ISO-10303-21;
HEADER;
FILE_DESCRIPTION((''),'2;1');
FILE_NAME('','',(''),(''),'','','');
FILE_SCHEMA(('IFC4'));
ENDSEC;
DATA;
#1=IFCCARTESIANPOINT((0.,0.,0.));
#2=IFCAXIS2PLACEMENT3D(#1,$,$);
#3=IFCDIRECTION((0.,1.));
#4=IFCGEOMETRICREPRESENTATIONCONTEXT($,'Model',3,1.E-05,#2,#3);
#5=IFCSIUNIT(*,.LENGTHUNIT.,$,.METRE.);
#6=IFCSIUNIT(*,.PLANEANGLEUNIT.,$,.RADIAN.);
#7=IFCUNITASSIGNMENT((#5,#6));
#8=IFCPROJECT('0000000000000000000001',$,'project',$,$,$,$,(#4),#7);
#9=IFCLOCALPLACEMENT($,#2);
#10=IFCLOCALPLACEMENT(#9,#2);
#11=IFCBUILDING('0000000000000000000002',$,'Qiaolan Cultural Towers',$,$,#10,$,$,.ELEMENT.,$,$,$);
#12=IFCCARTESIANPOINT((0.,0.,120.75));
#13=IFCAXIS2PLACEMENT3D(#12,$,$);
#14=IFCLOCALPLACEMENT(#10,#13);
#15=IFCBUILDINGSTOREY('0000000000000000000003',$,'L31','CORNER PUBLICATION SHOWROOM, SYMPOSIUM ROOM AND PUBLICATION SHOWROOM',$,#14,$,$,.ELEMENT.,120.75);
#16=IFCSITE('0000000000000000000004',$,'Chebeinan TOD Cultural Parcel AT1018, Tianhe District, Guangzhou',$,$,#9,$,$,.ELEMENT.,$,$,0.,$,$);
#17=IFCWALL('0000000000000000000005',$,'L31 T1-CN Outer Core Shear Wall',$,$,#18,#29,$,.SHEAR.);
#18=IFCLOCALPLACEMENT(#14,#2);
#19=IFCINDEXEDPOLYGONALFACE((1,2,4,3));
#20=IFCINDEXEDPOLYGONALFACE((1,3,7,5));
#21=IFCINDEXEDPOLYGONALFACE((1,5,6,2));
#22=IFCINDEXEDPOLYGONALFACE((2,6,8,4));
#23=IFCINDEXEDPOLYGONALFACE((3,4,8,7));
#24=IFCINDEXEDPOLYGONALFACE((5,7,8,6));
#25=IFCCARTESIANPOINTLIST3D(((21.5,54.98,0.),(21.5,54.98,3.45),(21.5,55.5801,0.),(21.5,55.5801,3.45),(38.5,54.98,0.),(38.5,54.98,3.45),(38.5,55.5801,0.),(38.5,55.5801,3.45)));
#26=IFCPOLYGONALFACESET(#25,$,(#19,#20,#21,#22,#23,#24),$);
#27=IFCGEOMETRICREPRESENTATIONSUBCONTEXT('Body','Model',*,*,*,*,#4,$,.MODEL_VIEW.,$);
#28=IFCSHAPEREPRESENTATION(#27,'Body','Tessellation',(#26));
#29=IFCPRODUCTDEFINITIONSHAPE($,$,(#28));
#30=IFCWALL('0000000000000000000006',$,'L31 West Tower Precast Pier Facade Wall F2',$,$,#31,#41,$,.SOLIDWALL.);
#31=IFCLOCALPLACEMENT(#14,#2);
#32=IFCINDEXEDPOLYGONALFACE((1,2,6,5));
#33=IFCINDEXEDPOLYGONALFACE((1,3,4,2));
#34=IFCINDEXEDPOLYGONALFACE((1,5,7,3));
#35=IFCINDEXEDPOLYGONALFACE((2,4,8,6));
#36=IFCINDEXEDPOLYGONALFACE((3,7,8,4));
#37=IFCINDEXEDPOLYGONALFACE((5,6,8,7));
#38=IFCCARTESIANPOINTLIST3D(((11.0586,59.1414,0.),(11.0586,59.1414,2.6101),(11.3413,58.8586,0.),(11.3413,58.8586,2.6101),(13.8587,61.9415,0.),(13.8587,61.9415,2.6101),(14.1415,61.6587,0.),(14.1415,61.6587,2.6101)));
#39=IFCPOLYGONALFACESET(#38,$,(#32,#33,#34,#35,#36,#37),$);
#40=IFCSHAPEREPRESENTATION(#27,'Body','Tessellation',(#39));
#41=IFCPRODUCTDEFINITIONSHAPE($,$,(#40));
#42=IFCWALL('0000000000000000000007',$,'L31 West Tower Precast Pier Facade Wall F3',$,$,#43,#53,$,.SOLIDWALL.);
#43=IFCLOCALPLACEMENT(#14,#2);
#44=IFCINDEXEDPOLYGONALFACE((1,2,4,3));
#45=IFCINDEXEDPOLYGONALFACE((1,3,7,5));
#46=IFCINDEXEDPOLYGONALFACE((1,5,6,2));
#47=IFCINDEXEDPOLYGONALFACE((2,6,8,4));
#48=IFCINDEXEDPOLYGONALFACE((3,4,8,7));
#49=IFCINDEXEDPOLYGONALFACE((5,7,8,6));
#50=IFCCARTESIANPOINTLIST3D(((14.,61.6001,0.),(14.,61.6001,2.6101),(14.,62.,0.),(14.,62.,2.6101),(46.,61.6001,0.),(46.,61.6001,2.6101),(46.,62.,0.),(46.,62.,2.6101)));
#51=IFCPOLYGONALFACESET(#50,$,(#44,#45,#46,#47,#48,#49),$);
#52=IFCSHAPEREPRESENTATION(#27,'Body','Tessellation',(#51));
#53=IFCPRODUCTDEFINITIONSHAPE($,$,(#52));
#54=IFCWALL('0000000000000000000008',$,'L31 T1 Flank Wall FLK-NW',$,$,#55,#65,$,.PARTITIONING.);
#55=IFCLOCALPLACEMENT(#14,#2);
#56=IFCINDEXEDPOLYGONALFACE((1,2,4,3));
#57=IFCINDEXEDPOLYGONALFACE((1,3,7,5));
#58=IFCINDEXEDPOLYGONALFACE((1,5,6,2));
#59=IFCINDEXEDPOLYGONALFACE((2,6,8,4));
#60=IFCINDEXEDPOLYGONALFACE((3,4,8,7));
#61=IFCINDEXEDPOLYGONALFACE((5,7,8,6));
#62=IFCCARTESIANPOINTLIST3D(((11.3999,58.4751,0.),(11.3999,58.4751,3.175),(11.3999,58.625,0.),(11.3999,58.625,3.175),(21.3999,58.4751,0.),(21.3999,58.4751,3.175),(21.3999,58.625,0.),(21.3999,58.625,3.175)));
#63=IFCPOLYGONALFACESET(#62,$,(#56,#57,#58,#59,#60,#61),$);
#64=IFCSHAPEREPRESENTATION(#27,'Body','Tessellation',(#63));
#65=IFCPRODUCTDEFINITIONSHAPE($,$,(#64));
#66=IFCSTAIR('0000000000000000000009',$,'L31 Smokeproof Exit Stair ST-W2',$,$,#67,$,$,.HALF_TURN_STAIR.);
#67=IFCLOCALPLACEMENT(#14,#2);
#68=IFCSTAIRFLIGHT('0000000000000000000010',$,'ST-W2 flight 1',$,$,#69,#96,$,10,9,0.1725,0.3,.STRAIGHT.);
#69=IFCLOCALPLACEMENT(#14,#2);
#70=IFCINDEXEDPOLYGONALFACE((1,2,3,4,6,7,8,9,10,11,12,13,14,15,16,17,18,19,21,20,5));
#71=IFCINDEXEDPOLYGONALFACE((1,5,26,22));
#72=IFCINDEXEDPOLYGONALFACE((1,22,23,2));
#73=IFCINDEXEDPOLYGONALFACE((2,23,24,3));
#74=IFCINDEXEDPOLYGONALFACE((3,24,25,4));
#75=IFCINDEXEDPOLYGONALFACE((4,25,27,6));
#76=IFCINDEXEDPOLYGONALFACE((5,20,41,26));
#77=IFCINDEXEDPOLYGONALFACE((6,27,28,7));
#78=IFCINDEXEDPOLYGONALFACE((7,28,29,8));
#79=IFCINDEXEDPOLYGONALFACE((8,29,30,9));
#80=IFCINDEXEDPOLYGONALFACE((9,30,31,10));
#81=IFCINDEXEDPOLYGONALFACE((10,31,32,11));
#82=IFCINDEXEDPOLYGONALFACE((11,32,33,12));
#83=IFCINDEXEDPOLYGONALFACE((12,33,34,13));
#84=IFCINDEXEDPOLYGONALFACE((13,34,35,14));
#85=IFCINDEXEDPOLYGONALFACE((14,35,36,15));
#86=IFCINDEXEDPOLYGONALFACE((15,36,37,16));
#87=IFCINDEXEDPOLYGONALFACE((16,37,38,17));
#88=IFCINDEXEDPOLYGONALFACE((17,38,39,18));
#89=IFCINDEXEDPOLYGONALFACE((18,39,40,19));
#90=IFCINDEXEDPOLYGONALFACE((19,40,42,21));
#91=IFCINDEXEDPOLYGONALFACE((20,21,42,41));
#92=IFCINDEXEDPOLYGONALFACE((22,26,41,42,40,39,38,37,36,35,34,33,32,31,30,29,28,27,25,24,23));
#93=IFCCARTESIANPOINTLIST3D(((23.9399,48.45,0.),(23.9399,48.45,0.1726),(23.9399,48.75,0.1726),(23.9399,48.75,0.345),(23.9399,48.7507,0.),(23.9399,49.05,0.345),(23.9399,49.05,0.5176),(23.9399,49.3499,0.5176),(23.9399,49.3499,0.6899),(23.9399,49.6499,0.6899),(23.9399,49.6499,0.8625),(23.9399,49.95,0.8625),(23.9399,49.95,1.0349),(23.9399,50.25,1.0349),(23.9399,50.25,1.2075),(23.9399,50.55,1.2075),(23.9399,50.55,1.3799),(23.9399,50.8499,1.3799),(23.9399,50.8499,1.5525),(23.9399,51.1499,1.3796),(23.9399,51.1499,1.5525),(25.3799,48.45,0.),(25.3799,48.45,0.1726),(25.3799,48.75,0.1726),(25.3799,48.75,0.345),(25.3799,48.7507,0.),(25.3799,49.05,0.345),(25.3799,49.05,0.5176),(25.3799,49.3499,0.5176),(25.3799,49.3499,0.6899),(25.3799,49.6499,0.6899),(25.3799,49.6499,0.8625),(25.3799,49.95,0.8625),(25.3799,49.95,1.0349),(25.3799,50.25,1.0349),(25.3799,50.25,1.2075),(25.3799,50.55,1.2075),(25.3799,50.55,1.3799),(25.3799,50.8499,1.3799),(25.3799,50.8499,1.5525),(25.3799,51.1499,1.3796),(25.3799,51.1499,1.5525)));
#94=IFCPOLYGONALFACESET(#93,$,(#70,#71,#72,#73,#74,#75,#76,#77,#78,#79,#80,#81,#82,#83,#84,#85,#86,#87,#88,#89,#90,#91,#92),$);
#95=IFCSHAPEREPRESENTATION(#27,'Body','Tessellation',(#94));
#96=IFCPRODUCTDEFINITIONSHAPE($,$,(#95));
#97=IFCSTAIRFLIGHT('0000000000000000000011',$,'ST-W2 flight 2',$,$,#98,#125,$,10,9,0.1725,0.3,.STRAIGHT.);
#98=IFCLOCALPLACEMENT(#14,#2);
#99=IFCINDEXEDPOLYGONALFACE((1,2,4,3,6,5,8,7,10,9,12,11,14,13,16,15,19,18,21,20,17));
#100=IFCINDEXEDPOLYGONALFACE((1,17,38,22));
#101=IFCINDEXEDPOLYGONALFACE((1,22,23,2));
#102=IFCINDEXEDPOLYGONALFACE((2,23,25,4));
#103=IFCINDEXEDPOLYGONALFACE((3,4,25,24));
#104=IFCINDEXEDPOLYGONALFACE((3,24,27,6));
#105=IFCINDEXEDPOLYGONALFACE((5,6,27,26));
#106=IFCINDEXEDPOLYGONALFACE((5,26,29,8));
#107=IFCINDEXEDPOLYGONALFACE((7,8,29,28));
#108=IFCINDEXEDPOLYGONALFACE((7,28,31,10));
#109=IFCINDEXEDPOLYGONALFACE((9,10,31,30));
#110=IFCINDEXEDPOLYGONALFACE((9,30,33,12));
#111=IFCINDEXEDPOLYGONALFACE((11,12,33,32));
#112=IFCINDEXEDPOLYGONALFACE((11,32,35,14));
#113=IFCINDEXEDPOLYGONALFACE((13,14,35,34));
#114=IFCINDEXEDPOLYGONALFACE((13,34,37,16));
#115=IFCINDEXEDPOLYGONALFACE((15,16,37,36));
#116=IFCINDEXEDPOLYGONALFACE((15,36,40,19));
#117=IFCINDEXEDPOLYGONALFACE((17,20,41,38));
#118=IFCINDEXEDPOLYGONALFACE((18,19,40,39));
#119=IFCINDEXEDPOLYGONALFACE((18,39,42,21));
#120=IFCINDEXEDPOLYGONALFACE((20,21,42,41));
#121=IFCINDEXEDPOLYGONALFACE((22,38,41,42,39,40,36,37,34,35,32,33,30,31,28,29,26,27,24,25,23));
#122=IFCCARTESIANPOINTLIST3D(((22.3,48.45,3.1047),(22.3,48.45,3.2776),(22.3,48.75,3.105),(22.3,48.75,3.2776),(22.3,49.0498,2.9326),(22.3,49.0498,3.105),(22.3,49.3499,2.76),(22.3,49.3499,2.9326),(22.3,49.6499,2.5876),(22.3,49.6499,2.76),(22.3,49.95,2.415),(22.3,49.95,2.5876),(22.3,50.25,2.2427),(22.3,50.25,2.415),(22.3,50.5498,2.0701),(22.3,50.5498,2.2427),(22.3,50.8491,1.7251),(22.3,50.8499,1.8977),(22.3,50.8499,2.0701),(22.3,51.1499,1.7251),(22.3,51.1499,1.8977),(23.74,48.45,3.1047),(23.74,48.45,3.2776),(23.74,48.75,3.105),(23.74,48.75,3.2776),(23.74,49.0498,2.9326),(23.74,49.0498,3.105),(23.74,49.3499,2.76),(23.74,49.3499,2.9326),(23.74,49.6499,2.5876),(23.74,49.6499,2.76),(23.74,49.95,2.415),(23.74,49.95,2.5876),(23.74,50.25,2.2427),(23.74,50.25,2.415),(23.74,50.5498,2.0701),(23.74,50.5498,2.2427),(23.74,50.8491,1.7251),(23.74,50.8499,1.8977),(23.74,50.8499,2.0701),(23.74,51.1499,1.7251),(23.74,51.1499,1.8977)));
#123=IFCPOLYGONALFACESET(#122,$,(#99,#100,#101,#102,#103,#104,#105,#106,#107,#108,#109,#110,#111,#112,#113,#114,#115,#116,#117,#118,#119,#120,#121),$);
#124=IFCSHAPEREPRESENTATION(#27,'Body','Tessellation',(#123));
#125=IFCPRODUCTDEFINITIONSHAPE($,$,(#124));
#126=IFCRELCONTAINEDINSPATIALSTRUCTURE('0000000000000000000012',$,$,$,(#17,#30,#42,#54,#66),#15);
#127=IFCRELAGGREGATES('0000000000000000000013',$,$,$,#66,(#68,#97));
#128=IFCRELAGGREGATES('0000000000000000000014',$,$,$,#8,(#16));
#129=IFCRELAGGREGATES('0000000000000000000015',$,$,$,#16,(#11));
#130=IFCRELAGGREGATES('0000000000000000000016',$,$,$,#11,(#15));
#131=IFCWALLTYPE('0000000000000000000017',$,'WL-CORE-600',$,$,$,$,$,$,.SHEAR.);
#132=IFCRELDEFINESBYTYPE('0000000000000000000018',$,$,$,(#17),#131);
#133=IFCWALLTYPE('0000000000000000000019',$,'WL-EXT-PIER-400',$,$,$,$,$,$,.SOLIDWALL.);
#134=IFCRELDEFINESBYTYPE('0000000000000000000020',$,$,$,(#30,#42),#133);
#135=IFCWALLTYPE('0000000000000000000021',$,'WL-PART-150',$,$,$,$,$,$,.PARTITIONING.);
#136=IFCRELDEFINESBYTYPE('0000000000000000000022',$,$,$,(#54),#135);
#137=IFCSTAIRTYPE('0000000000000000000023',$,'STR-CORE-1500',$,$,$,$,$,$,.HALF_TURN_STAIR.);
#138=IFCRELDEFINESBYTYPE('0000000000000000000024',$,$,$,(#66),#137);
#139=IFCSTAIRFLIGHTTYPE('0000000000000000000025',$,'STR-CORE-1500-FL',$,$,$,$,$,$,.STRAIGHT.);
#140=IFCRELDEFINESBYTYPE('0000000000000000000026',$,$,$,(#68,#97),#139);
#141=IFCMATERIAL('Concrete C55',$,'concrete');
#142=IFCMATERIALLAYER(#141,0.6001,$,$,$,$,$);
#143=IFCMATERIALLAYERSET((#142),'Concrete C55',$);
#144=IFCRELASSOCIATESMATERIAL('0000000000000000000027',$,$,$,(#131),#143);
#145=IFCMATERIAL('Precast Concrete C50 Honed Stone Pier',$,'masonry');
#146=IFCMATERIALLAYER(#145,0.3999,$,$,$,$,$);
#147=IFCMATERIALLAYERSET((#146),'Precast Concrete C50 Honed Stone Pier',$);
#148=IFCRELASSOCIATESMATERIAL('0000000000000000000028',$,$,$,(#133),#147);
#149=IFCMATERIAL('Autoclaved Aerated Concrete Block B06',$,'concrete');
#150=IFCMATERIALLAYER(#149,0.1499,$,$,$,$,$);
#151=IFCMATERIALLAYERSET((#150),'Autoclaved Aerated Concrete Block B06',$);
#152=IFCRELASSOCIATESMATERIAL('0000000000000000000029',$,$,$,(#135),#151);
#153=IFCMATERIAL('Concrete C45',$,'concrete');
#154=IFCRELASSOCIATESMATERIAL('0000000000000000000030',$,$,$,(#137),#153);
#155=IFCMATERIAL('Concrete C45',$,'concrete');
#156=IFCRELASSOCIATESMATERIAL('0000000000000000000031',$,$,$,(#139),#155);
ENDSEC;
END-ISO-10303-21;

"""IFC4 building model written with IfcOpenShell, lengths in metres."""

from ifc_helpers import new_model, si_unit, direction, frame, frame_2d, origin, place, context, subcontext, project, spatial, polyline, rectangle, outline, extrude, material, layer, layer_set, type_object, element, aggregate, save


model = new_model("IFC4")

# Units and contexts
model_context = context("Model", 3, precision=1e-05, world=origin(), true_north=direction((0.0, 1.0)))
body_context = subcontext(model_context, "Body", "Model", "MODEL_VIEW")
ifc_project = project(units=[si_unit("LENGTHUNIT", "METRE"), si_unit("PLANEANGLEUNIT", "RADIAN")], contexts=[model_context])

# Site, building, storey
site_placement = place(None, origin())
site = spatial("IfcSite", under=ifc_project, at=site_placement, Name="Chebeinan TOD Cultural Parcel AT1018, Tianhe District, Guangzhou", CompositionType="ELEMENT", RefElevation=0.0)
building_placement = place(site_placement, origin())
building = spatial("IfcBuilding", under=site, at=building_placement, Name="Qiaolan Cultural Towers", CompositionType="ELEMENT")
storey_placement = place(building_placement, frame((0.0, 0.0, 120.75)))
storey = spatial("IfcBuildingStorey", under=building, at=storey_placement, Name="L31", Description="CORNER PUBLICATION SHOWROOM, SYMPOSIUM ROOM AND PUBLICATION SHOWROOM", CompositionType="ELEMENT", Elevation=120.75)

# Walls
ifc_material_1 = material(Name="Concrete C55", Category="concrete")
ifc_layer_1 = layer(ifc_material_1, 0.6001)
ifc_layer_set_1 = layer_set([ifc_layer_1], Name="Concrete C55")
wall_type_1 = type_object("IfcWallType", Name="WL-CORE-600", PredefinedType="SHEAR", material=ifc_layer_set_1)
wall_1_placement = place(storey_placement, frame((21.5, 55.28, 0.0), z_axis=(0.0, 0.0, 1.0), x_axis=(1.0, 0.0, 0.0)))
element("IfcWall", 1, at=wall_1_placement, inside=storey, type_object=wall_type_1, Name="L31 T1-CN Outer Core Shear Wall", PredefinedType="SHEAR", context=body_context, shape_type="SweptSolid", body=[
    extrude(rectangle(XDim=17.0, YDim=0.6001, at=frame_2d((8.5, 0.0))), origin(), (0.0, 0.0, 1.0), 3.45),
])
ifc_material_2 = material(Name="Precast Concrete C50 Honed Stone Pier", Category="masonry")
ifc_layer_2 = layer(ifc_material_2, 0.3999)
ifc_layer_set_2 = layer_set([ifc_layer_2], Name="Precast Concrete C50 Honed Stone Pier")
wall_type_2 = type_object("IfcWallType", Name="WL-EXT-PIER-400", PredefinedType="SOLIDWALL", material=ifc_layer_set_2)
wall_2_placement = place(storey_placement, frame((11.2, 59.0, 0.0), z_axis=(0.0, 0.0, 1.0), x_axis=(0.707107, 0.707107, 0.0)))
element("IfcWall", 2, at=wall_2_placement, inside=storey, type_object=wall_type_2, Name="L31 West Tower Precast Pier Facade Wall F2", PredefinedType="SOLIDWALL", context=body_context, shape_type="SweptSolid", body=[
    extrude(rectangle(XDim=3.96, YDim=0.3999, at=frame_2d((1.98, 0.0))), origin(), (0.0, 0.0, 1.0), 2.6101),
])
wall_3_placement = place(storey_placement, frame((14.0, 61.8, 0.0), z_axis=(0.0, 0.0, 1.0), x_axis=(1.0, 0.0, 0.0)))
element("IfcWall", 3, at=wall_3_placement, inside=storey, type_object=wall_type_2, Name="L31 West Tower Precast Pier Facade Wall F3", PredefinedType="SOLIDWALL", context=body_context, shape_type="SweptSolid", body=[
    extrude(rectangle(XDim=32.0, YDim=0.3999, at=frame_2d((16.0, 0.0))), origin(), (0.0, 0.0, 1.0), 2.6101),
])
ifc_material_3 = material(Name="Autoclaved Aerated Concrete Block B06", Category="concrete")
ifc_layer_3 = layer(ifc_material_3, 0.1499)
ifc_layer_set_3 = layer_set([ifc_layer_3], Name="Autoclaved Aerated Concrete Block B06")
wall_type_3 = type_object("IfcWallType", Name="WL-PART-150", PredefinedType="PARTITIONING", material=ifc_layer_set_3)
wall_4_placement = place(storey_placement, frame((11.3999, 58.55, 0.0), z_axis=(0.0, 0.0, 1.0), x_axis=(1.0, 0.0, 0.0)))
element("IfcWall", 4, at=wall_4_placement, inside=storey, type_object=wall_type_3, Name="L31 T1 Flank Wall FLK-NW", PredefinedType="PARTITIONING", context=body_context, shape_type="SweptSolid", body=[
    extrude(rectangle(XDim=10.0, YDim=0.1499, at=frame_2d((5.0, 0.0))), origin(), (0.0, 0.0, 1.0), 3.175),
])

# Stair, stair flights
ifc_material_4 = material(Name="Concrete C45", Category="concrete")
stair_type = type_object("IfcStairType", Name="STR-CORE-1500", PredefinedType="HALF_TURN_STAIR", material=ifc_material_4)
stair_placement = place(storey_placement, origin())
stair = element("IfcStair", 5, at=stair_placement, inside=storey, type_object=stair_type, Name="L31 Smokeproof Exit Stair ST-W2", PredefinedType="HALF_TURN_STAIR")
ifc_material_5 = material(Name="Concrete C45", Category="concrete")
stair_flight_type = type_object("IfcStairFlightType", Name="STR-CORE-1500-FL", PredefinedType="STRAIGHT", material=ifc_material_5)
stair_flight_1_placement = place(storey_placement, frame((24.6599, 48.45, 0.0), z_axis=(0.0, 0.0, 1.0), x_axis=(0.0, 1.0, 0.0)))
stair_flight_1 = element("IfcStairFlight", 6, at=stair_flight_1_placement, type_object=stair_flight_type, Name="ST-W2 flight 1", NumberOfRisers=10, NumberOfTreads=9, PredefinedType="STRAIGHT", RiserHeight=0.1725, TreadLength=0.3, context=body_context, shape_type="SweptSolid", body=[
    extrude(outline(polyline([(0.0, 0.0), (0.0, 0.1726), (0.3, 0.1726), (0.3, 0.345), (0.6001, 0.345), (0.6001, 0.5176), (0.8999, 0.5176), (0.8999, 0.6899), (1.2, 0.6899), (1.2, 0.8625), (1.5, 0.8625), (1.5, 1.0349), (1.8, 1.0349), (1.8, 1.2075), (2.1001, 1.2075), (2.1001, 1.3799), (2.3999, 1.3799), (2.3999, 1.5525), (2.7, 1.5525), (2.7, 1.7251), (2.7, 1.3796), (0.3008, 0.0), (0.0, 0.0)])), frame((0.0, 0.72, 0.0), z_axis=(0.0, -1.0, 0.0), x_axis=(1.0, 0.0, 0.0)), (0.0, 0.0, 1.0), 1.4399),
])
stair_flight_2_placement = place(storey_placement, frame((23.02, 51.1499, 1.7251), z_axis=(0.0, 0.0, 1.0), x_axis=(0.0, -1.0, 0.0)))
stair_flight_2 = element("IfcStairFlight", 7, at=stair_flight_2_placement, type_object=stair_flight_type, Name="ST-W2 flight 2", NumberOfRisers=10, NumberOfTreads=9, PredefinedType="STRAIGHT", RiserHeight=0.1725, TreadLength=0.3, context=body_context, shape_type="SweptSolid", body=[
    extrude(outline(polyline([(0.0, 0.0), (0.0, 0.1726), (0.3, 0.1726), (0.3, 0.345), (0.6001, 0.345), (0.6001, 0.5176), (0.8999, 0.5176), (0.8999, 0.6899), (1.2, 0.6899), (1.2, 0.8625), (1.5, 0.8625), (1.5, 1.0349), (1.8, 1.0349), (1.8, 1.2075), (2.1001, 1.2075), (2.1001, 1.3799), (2.3999, 1.3799), (2.3999, 1.5525), (2.7, 1.5525), (2.7, 1.7251), (2.7, 1.3796), (0.3008, 0.0), (0.0, 0.0)])), frame((0.0, 0.72, 0.0), z_axis=(0.0, -1.0, 0.0), x_axis=(1.0, 0.0, 0.0)), (0.0, 0.0, 1.0), 1.4399),
])
aggregate(stair, [stair_flight_1, stair_flight_2])

save(model, "model.ifc")
